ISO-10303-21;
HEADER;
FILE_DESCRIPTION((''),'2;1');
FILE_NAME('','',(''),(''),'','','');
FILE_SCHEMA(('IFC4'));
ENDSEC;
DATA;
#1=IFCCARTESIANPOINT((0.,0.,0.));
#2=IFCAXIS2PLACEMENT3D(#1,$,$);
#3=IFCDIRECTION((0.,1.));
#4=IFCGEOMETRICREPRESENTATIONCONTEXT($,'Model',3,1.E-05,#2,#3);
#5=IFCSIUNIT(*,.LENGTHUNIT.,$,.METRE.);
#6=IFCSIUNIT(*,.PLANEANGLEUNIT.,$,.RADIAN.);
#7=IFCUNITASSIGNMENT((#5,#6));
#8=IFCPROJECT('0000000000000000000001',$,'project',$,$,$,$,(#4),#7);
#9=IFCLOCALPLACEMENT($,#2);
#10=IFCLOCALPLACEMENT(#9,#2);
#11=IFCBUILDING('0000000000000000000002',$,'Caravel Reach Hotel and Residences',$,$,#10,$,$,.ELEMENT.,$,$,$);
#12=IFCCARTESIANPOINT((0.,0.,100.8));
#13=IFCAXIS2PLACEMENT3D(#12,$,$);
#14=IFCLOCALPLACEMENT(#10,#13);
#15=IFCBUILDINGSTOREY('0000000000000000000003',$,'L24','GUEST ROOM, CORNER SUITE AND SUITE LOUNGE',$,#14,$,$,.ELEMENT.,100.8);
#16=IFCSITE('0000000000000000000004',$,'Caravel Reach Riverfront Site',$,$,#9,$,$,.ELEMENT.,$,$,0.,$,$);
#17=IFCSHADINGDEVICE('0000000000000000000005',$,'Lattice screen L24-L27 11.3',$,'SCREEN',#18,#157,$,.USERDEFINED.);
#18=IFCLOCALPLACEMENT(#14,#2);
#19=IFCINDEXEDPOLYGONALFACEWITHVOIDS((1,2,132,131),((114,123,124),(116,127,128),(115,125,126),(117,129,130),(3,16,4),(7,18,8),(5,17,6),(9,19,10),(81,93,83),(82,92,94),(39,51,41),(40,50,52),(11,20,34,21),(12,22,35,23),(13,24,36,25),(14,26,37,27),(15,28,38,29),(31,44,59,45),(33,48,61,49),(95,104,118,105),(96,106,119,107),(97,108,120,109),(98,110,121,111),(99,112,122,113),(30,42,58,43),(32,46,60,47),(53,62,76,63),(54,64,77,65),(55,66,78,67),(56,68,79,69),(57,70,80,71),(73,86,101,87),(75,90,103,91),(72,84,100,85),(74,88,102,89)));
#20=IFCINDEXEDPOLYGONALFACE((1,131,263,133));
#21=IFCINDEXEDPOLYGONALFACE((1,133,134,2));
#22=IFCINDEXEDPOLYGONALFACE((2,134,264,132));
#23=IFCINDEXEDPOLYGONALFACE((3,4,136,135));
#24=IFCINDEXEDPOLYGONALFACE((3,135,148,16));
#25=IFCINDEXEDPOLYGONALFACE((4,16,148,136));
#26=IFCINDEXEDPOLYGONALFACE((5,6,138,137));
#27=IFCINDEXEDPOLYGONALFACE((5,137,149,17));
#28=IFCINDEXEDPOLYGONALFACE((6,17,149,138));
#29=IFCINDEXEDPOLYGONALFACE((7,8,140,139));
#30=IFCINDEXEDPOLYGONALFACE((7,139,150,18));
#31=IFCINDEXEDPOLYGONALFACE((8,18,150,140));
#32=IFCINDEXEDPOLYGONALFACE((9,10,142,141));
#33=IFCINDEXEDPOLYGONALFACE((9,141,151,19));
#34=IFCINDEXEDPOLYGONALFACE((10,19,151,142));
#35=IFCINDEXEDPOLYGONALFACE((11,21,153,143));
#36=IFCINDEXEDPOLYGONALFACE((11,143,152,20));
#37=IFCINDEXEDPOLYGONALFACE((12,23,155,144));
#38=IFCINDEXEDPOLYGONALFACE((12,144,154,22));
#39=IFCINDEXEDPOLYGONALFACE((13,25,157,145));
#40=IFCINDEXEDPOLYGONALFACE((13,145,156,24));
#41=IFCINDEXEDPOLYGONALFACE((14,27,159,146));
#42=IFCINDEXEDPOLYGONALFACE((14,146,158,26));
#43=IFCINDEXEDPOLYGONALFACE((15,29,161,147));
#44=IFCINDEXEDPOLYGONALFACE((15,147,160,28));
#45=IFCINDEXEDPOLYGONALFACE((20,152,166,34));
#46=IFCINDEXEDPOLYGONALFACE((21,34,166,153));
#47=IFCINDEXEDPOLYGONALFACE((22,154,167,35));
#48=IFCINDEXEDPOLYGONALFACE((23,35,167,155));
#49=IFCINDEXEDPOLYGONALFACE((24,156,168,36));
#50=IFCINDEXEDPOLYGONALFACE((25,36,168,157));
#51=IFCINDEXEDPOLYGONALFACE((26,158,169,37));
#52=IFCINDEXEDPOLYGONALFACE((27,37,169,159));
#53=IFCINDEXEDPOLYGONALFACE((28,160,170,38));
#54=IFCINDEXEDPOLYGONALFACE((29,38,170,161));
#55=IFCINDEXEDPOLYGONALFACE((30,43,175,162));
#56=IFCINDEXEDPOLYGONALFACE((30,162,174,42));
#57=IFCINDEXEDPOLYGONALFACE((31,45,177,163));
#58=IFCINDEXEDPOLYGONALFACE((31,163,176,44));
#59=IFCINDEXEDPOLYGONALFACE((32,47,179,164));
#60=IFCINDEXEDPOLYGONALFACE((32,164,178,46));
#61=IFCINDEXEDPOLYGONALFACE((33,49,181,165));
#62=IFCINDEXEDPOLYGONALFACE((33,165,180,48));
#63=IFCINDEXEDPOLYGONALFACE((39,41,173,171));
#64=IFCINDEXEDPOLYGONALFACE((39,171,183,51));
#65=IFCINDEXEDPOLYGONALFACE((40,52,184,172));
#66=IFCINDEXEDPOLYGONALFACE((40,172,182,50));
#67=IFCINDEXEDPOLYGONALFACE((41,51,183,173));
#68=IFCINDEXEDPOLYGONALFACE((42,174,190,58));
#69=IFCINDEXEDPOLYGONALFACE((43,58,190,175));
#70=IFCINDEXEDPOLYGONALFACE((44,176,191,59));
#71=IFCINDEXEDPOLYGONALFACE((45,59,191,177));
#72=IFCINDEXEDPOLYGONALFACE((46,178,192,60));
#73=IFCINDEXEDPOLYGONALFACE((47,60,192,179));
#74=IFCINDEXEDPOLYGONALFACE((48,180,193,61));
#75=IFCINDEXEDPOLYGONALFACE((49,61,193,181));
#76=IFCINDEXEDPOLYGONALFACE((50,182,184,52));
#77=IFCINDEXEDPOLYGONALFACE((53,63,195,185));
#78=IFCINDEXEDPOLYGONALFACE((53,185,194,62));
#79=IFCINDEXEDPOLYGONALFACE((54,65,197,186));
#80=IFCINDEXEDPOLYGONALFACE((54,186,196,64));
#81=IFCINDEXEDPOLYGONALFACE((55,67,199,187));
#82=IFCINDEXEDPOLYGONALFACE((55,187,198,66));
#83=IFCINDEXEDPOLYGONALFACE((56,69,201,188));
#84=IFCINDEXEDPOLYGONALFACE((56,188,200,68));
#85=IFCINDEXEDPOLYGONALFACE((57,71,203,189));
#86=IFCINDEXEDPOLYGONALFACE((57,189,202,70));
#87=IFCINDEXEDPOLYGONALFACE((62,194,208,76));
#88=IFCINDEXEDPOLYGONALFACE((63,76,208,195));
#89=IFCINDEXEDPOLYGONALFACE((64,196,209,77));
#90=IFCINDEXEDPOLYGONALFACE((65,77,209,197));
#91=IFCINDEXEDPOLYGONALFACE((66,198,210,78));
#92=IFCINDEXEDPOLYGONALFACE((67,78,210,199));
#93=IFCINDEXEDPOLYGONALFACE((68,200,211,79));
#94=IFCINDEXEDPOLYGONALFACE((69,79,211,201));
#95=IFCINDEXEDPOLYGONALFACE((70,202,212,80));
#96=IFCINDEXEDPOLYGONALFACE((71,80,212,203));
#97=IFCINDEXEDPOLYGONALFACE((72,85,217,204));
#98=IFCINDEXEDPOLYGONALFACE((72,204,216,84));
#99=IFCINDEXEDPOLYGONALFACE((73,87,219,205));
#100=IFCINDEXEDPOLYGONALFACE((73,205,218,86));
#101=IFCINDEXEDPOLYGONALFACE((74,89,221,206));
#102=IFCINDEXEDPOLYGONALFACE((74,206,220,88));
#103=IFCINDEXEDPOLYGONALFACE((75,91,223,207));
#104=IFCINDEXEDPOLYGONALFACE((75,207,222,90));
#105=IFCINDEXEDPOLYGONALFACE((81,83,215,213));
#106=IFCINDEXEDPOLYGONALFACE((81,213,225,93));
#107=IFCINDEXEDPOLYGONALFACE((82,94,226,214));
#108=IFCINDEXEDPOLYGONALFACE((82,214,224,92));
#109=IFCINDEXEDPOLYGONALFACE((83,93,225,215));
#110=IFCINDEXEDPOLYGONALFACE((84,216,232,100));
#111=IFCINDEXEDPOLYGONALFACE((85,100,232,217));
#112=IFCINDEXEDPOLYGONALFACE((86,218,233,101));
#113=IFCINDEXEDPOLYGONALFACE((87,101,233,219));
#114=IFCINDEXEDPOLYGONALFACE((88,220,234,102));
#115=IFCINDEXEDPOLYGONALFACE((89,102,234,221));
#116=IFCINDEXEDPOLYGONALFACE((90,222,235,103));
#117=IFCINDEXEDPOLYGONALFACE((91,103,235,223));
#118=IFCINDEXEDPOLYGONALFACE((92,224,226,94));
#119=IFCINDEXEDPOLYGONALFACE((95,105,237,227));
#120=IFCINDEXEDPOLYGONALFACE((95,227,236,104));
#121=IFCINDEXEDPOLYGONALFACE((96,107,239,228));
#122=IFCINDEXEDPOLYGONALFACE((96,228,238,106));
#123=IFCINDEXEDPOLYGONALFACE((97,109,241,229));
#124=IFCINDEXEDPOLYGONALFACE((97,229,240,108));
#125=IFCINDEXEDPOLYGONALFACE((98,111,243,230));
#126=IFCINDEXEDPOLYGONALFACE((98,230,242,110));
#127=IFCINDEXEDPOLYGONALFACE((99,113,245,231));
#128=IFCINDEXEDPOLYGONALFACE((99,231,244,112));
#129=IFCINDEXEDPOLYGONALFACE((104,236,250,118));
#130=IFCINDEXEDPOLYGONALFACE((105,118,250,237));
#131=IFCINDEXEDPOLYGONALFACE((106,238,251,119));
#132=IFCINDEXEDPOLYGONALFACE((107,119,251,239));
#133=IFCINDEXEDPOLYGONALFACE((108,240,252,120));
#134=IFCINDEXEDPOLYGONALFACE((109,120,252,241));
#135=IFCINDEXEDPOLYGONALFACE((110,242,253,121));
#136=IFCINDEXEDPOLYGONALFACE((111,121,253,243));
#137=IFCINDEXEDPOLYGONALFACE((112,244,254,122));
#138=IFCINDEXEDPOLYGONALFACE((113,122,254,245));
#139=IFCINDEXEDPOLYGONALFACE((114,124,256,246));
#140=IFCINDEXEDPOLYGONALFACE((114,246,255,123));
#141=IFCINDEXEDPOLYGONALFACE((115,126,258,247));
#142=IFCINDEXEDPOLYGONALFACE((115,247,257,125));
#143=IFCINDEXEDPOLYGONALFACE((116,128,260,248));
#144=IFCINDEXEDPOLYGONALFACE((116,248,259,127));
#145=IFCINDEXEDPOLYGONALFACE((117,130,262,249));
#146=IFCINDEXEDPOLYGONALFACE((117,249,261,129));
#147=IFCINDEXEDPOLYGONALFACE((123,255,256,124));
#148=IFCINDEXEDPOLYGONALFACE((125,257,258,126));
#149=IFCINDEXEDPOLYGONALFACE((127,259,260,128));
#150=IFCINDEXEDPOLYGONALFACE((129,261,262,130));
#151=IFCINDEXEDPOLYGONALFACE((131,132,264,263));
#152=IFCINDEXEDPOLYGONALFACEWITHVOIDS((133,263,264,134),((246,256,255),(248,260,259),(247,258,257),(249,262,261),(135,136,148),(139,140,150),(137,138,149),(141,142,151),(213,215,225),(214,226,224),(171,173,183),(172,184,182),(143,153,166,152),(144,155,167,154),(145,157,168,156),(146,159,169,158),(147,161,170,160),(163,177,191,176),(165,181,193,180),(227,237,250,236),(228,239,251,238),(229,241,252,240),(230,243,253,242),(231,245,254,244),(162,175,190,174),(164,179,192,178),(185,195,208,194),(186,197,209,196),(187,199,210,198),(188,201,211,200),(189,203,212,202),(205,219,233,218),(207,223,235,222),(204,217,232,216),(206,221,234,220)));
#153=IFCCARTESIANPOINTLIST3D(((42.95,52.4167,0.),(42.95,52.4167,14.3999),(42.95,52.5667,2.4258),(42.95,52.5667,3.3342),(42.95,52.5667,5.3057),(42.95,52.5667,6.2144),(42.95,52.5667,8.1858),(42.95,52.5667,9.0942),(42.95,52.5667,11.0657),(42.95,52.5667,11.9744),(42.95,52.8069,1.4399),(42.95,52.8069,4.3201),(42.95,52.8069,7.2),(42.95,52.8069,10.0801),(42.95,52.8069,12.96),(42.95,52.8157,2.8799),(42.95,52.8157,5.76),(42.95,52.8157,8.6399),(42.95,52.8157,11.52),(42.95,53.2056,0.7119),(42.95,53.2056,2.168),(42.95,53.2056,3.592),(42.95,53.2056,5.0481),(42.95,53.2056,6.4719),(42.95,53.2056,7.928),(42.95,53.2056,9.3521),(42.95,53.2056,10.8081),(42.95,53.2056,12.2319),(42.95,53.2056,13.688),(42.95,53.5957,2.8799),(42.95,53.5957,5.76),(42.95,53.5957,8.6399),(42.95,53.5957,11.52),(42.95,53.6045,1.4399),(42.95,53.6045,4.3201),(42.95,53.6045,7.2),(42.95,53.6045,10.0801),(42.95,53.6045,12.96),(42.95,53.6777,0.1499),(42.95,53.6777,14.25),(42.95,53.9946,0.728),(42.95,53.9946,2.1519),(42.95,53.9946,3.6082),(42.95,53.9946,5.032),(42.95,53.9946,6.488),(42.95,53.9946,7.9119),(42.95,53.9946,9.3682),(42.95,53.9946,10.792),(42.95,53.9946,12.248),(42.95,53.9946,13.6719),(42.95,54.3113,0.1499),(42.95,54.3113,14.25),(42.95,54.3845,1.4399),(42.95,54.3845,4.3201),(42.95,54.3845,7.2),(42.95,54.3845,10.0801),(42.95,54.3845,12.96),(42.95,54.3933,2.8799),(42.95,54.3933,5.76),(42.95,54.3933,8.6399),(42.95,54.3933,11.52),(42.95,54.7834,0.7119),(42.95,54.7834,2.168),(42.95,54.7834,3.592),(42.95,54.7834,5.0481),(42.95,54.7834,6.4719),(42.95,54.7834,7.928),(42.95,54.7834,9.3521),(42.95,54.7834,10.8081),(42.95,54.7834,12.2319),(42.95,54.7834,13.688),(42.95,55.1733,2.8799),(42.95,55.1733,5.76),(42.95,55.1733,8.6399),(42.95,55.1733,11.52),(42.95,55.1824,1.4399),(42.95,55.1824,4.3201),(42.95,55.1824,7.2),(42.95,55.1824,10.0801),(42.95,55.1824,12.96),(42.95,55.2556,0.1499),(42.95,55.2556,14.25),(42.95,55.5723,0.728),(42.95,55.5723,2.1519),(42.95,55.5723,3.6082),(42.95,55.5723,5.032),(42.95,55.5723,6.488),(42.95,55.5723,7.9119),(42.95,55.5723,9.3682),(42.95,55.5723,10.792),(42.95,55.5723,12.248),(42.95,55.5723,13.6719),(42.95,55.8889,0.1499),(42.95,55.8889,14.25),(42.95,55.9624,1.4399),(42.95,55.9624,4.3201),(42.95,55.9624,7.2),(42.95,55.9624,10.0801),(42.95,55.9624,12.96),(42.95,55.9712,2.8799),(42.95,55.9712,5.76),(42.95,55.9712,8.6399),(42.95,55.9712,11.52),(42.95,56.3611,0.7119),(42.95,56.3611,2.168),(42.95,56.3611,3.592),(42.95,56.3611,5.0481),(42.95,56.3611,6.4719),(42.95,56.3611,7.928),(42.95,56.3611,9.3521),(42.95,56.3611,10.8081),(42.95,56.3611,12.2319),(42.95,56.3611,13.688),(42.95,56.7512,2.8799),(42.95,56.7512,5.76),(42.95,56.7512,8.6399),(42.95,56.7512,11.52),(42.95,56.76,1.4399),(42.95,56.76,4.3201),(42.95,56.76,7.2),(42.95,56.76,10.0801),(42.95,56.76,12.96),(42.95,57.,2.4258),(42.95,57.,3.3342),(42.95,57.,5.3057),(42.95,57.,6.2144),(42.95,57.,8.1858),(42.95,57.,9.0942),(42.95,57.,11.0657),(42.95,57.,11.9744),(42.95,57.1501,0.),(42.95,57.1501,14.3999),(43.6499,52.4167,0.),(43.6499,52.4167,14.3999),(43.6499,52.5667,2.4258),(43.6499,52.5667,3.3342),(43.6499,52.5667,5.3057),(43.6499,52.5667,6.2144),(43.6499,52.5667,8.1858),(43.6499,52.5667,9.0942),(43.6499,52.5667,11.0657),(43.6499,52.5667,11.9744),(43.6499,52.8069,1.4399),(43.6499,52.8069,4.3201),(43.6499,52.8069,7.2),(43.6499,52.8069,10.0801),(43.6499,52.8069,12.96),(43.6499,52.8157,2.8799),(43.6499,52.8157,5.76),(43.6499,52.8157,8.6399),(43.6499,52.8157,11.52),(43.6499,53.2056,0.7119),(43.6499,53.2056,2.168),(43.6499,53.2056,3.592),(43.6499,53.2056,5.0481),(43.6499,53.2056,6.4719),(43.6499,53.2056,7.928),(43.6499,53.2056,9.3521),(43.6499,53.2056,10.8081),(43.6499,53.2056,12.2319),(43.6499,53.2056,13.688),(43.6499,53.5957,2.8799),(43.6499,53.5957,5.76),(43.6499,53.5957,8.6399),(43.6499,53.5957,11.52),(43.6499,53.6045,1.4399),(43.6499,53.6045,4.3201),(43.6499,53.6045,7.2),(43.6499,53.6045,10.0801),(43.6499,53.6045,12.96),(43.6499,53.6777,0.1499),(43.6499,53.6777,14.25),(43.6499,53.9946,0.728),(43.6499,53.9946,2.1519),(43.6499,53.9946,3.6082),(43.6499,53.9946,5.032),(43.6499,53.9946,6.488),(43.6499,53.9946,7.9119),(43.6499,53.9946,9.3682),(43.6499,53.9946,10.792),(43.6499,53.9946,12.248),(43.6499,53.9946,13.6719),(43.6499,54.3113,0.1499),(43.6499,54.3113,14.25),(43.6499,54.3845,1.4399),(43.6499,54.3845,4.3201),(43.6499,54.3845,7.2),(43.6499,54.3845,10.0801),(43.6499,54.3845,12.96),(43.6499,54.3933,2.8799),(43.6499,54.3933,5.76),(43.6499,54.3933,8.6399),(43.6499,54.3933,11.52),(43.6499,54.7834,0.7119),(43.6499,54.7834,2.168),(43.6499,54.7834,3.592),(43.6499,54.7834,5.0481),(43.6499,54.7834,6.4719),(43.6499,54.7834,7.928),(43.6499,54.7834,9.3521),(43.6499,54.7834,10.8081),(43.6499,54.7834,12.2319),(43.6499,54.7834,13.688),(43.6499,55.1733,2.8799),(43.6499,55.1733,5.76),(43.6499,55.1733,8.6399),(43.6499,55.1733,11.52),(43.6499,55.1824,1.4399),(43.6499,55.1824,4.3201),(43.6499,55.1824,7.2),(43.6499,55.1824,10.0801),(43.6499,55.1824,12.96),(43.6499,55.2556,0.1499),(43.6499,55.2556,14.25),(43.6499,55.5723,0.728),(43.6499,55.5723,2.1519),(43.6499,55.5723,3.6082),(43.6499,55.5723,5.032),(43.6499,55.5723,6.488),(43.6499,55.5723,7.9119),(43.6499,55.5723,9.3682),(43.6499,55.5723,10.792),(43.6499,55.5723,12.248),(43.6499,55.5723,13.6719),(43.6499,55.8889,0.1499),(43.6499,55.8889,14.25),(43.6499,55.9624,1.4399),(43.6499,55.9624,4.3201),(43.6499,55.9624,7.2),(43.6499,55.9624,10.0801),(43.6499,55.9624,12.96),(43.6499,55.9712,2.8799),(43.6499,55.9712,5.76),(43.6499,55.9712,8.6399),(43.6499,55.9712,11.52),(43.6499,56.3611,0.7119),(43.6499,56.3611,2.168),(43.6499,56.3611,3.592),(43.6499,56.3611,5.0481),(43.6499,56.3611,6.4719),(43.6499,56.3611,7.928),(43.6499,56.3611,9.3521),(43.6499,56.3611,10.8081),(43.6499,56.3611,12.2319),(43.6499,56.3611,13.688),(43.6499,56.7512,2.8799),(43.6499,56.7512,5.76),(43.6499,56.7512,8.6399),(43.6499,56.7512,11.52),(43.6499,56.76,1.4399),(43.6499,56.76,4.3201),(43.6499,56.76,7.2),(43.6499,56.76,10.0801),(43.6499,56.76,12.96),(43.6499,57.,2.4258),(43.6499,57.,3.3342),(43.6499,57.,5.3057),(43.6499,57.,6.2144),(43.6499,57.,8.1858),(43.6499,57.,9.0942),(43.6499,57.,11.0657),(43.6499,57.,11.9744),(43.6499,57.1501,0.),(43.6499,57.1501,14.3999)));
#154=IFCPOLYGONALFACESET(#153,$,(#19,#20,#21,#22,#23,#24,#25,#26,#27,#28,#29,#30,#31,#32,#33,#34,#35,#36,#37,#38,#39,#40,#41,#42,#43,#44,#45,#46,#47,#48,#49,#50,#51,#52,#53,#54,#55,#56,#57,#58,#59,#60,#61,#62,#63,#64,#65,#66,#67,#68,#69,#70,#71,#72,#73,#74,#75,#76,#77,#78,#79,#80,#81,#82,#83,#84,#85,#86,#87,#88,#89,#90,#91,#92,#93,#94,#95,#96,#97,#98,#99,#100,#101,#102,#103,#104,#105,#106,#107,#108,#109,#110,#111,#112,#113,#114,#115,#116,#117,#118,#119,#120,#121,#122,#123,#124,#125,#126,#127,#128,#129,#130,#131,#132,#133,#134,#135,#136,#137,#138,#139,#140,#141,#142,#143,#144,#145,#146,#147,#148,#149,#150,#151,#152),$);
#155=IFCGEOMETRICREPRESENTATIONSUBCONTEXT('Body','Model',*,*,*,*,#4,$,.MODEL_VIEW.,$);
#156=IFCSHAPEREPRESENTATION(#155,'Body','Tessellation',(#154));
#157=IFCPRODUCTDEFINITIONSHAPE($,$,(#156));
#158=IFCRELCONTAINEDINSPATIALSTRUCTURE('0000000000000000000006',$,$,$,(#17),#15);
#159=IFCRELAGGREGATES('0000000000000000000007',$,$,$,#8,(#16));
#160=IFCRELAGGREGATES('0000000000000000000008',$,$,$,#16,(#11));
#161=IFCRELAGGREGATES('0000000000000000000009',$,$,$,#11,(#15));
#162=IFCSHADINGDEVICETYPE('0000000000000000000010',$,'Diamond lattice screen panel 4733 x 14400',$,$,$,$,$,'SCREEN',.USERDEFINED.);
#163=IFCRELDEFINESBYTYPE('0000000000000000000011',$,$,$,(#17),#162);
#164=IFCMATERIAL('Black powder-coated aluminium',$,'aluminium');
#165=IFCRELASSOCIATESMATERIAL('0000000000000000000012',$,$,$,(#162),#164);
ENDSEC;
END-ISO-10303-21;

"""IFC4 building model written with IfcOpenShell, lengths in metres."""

from ifc_helpers import new_model, si_unit, direction, frame, origin, place, context, subcontext, project, spatial, polyline, outline, extrude, material, type_object, element, save


model = new_model("IFC4")

# Units and contexts
model_context = context("Model", 3, precision=1e-05, world=origin(), true_north=direction((0.0, 1.0)))
body_context = subcontext(model_context, "Body", "Model", "MODEL_VIEW")
ifc_project = project(units=[si_unit("LENGTHUNIT", "METRE"), si_unit("PLANEANGLEUNIT", "RADIAN")], contexts=[model_context])

# Site, building, storey
site_placement = place(None, origin())
site = spatial("IfcSite", under=ifc_project, at=site_placement, Name="Caravel Reach Riverfront Site", CompositionType="ELEMENT", RefElevation=0.0)
building_placement = place(site_placement, origin())
building = spatial("IfcBuilding", under=site, at=building_placement, Name="Caravel Reach Hotel and Residences", CompositionType="ELEMENT")
storey_placement = place(building_placement, frame((0.0, 0.0, 100.8)))
storey = spatial("IfcBuildingStorey", under=building, at=storey_placement, Name="L24", Description="GUEST ROOM, CORNER SUITE AND SUITE LOUNGE", CompositionType="ELEMENT", Elevation=100.8)

# Shading device
ifc_material_1 = material(Name="Black powder-coated aluminium", Category="aluminium")
shading_device_type_1 = type_object("IfcShadingDeviceType", Name="Diamond lattice screen panel 4733 x 14400", ElementType="SCREEN", PredefinedType="USERDEFINED", material=ifc_material_1)
shading_device_1_placement = place(storey_placement, frame((42.95, 52.4167, 0.0), z_axis=(1.0, 0.0, 0.0), x_axis=(0.0, 1.0, 0.0)))
element("IfcShadingDevice", 1, at=shading_device_1_placement, inside=storey, type_object=shading_device_type_1, Name="Lattice screen L24-L27 11.3", ObjectType="SCREEN", PredefinedType="USERDEFINED", context=body_context, shape_type="SweptSolid", body=[
    extrude(outline(polyline([(0.0, 0.0), (4.7334, 0.0), (4.7334, 14.3999), (0.0, 14.3999), (0.0, 0.0)]), holes=[polyline([(0.3989, 2.8799), (0.1499, 3.3342), (0.1499, 2.4258), (0.3989, 2.8799)]), polyline([(0.3989, 5.76), (0.1499, 6.2144), (0.1499, 5.3057), (0.3989, 5.76)]), polyline([(0.3989, 8.6399), (0.1499, 9.0942), (0.1499, 8.1858), (0.3989, 8.6399)]), polyline([(0.3989, 11.52), (0.1499, 11.9744), (0.1499, 11.0657), (0.3989, 11.52)]), polyline([(0.7888, 2.168), (0.3901, 1.4399), (0.7888, 0.7119), (1.1877, 1.4399), (0.7888, 2.168)]), polyline([(0.7888, 5.0481), (0.3901, 4.3201), (0.7888, 3.592), (1.1877, 4.3201), (0.7888, 5.0481)]), polyline([(0.7888, 7.928), (0.3901, 7.2), (0.7888, 6.4719), (1.1877, 7.2), (0.7888, 7.928)]), polyline([(0.7888, 10.8081), (0.3901, 10.0801), (0.7888, 9.3521), (1.1877, 10.0801), (0.7888, 10.8081)]), polyline([(0.7888, 13.688), (0.3901, 12.96), (0.7888, 12.2319), (1.1877, 12.96), (0.7888, 13.688)]), polyline([(1.5779, 0.728), (1.261, 0.1499), (1.8945, 0.1499), (1.5779, 0.728)]), polyline([(1.5779, 3.6082), (1.179, 2.8799), (1.5779, 2.1519), (1.9766, 2.8799), (1.5779, 3.6082)]), polyline([(1.5779, 6.488), (1.179, 5.76), (1.5779, 5.032), (1.9766, 5.76), (1.5779, 6.488)]), polyline([(1.5779, 9.3682), (1.179, 8.6399), (1.5779, 7.9119), (1.9766, 8.6399), (1.5779, 9.3682)]), polyline([(1.5779, 12.248), (1.179, 11.52), (1.5779, 10.792), (1.9766, 11.52), (1.5779, 12.248)]), polyline([(1.5779, 13.6719), (1.8945, 14.25), (1.261, 14.25), (1.5779, 13.6719)]), polyline([(2.3667, 2.168), (1.9678, 1.4399), (2.3667, 0.7119), (2.7656, 1.4399), (2.3667, 2.168)]), polyline([(2.3667, 5.0481), (1.9678, 4.3201), (2.3667, 3.592), (2.7656, 4.3201), (2.3667, 5.0481)]), polyline([(2.3667, 7.928), (1.9678, 7.2), (2.3667, 6.4719), (2.7656, 7.2), (2.3667, 7.928)]), polyline([(2.3667, 10.8081), (1.9678, 10.0801), (2.3667, 9.3521), (2.7656, 10.0801), (2.3667, 10.8081)]), polyline([(2.3667, 13.688), (1.9678, 12.96), (2.3667, 12.2319), (2.7656, 12.96), (2.3667, 13.688)]), polyline([(3.1555, 0.728), (2.8389, 0.1499), (3.4722, 0.1499), (3.1555, 0.728)]), polyline([(3.1555, 3.6082), (2.7566, 2.8799), (3.1555, 2.1519), (3.5544, 2.8799), (3.1555, 3.6082)]), polyline([(3.1555, 6.488), (2.7566, 5.76), (3.1555, 5.032), (3.5544, 5.76), (3.1555, 6.488)]), polyline([(3.1555, 9.3682), (2.7566, 8.6399), (3.1555, 7.9119), (3.5544, 8.6399), (3.1555, 9.3682)]), polyline([(3.1555, 12.248), (2.7566, 11.52), (3.1555, 10.792), (3.5544, 11.52), (3.1555, 12.248)]), polyline([(3.1555, 13.6719), (3.4722, 14.25), (2.8389, 14.25), (3.1555, 13.6719)]), polyline([(3.9443, 2.168), (3.5457, 1.4399), (3.9443, 0.7119), (4.3433, 1.4399), (3.9443, 2.168)]), polyline([(3.9443, 5.0481), (3.5457, 4.3201), (3.9443, 3.592), (4.3433, 4.3201), (3.9443, 5.0481)]), polyline([(3.9443, 7.928), (3.5457, 7.2), (3.9443, 6.4719), (4.3433, 7.2), (3.9443, 7.928)]), polyline([(3.9443, 10.8081), (3.5457, 10.0801), (3.9443, 9.3521), (4.3433, 10.0801), (3.9443, 10.8081)]), polyline([(3.9443, 13.688), (3.5457, 12.96), (3.9443, 12.2319), (4.3433, 12.96), (3.9443, 13.688)]), polyline([(4.3345, 2.8799), (4.5833, 2.4258), (4.5833, 3.3342), (4.3345, 2.8799)]), polyline([(4.3345, 5.76), (4.5833, 5.3057), (4.5833, 6.2144), (4.3345, 5.76)]), polyline([(4.3345, 8.6399), (4.5833, 8.1858), (4.5833, 9.0942), (4.3345, 8.6399)]), polyline([(4.3345, 11.52), (4.5833, 11.0657), (4.5833, 11.9744), (4.3345, 11.52)])]), origin(), (0.0, 0.0, 1.0), 0.7),
])

save(model, "model.ifc")
